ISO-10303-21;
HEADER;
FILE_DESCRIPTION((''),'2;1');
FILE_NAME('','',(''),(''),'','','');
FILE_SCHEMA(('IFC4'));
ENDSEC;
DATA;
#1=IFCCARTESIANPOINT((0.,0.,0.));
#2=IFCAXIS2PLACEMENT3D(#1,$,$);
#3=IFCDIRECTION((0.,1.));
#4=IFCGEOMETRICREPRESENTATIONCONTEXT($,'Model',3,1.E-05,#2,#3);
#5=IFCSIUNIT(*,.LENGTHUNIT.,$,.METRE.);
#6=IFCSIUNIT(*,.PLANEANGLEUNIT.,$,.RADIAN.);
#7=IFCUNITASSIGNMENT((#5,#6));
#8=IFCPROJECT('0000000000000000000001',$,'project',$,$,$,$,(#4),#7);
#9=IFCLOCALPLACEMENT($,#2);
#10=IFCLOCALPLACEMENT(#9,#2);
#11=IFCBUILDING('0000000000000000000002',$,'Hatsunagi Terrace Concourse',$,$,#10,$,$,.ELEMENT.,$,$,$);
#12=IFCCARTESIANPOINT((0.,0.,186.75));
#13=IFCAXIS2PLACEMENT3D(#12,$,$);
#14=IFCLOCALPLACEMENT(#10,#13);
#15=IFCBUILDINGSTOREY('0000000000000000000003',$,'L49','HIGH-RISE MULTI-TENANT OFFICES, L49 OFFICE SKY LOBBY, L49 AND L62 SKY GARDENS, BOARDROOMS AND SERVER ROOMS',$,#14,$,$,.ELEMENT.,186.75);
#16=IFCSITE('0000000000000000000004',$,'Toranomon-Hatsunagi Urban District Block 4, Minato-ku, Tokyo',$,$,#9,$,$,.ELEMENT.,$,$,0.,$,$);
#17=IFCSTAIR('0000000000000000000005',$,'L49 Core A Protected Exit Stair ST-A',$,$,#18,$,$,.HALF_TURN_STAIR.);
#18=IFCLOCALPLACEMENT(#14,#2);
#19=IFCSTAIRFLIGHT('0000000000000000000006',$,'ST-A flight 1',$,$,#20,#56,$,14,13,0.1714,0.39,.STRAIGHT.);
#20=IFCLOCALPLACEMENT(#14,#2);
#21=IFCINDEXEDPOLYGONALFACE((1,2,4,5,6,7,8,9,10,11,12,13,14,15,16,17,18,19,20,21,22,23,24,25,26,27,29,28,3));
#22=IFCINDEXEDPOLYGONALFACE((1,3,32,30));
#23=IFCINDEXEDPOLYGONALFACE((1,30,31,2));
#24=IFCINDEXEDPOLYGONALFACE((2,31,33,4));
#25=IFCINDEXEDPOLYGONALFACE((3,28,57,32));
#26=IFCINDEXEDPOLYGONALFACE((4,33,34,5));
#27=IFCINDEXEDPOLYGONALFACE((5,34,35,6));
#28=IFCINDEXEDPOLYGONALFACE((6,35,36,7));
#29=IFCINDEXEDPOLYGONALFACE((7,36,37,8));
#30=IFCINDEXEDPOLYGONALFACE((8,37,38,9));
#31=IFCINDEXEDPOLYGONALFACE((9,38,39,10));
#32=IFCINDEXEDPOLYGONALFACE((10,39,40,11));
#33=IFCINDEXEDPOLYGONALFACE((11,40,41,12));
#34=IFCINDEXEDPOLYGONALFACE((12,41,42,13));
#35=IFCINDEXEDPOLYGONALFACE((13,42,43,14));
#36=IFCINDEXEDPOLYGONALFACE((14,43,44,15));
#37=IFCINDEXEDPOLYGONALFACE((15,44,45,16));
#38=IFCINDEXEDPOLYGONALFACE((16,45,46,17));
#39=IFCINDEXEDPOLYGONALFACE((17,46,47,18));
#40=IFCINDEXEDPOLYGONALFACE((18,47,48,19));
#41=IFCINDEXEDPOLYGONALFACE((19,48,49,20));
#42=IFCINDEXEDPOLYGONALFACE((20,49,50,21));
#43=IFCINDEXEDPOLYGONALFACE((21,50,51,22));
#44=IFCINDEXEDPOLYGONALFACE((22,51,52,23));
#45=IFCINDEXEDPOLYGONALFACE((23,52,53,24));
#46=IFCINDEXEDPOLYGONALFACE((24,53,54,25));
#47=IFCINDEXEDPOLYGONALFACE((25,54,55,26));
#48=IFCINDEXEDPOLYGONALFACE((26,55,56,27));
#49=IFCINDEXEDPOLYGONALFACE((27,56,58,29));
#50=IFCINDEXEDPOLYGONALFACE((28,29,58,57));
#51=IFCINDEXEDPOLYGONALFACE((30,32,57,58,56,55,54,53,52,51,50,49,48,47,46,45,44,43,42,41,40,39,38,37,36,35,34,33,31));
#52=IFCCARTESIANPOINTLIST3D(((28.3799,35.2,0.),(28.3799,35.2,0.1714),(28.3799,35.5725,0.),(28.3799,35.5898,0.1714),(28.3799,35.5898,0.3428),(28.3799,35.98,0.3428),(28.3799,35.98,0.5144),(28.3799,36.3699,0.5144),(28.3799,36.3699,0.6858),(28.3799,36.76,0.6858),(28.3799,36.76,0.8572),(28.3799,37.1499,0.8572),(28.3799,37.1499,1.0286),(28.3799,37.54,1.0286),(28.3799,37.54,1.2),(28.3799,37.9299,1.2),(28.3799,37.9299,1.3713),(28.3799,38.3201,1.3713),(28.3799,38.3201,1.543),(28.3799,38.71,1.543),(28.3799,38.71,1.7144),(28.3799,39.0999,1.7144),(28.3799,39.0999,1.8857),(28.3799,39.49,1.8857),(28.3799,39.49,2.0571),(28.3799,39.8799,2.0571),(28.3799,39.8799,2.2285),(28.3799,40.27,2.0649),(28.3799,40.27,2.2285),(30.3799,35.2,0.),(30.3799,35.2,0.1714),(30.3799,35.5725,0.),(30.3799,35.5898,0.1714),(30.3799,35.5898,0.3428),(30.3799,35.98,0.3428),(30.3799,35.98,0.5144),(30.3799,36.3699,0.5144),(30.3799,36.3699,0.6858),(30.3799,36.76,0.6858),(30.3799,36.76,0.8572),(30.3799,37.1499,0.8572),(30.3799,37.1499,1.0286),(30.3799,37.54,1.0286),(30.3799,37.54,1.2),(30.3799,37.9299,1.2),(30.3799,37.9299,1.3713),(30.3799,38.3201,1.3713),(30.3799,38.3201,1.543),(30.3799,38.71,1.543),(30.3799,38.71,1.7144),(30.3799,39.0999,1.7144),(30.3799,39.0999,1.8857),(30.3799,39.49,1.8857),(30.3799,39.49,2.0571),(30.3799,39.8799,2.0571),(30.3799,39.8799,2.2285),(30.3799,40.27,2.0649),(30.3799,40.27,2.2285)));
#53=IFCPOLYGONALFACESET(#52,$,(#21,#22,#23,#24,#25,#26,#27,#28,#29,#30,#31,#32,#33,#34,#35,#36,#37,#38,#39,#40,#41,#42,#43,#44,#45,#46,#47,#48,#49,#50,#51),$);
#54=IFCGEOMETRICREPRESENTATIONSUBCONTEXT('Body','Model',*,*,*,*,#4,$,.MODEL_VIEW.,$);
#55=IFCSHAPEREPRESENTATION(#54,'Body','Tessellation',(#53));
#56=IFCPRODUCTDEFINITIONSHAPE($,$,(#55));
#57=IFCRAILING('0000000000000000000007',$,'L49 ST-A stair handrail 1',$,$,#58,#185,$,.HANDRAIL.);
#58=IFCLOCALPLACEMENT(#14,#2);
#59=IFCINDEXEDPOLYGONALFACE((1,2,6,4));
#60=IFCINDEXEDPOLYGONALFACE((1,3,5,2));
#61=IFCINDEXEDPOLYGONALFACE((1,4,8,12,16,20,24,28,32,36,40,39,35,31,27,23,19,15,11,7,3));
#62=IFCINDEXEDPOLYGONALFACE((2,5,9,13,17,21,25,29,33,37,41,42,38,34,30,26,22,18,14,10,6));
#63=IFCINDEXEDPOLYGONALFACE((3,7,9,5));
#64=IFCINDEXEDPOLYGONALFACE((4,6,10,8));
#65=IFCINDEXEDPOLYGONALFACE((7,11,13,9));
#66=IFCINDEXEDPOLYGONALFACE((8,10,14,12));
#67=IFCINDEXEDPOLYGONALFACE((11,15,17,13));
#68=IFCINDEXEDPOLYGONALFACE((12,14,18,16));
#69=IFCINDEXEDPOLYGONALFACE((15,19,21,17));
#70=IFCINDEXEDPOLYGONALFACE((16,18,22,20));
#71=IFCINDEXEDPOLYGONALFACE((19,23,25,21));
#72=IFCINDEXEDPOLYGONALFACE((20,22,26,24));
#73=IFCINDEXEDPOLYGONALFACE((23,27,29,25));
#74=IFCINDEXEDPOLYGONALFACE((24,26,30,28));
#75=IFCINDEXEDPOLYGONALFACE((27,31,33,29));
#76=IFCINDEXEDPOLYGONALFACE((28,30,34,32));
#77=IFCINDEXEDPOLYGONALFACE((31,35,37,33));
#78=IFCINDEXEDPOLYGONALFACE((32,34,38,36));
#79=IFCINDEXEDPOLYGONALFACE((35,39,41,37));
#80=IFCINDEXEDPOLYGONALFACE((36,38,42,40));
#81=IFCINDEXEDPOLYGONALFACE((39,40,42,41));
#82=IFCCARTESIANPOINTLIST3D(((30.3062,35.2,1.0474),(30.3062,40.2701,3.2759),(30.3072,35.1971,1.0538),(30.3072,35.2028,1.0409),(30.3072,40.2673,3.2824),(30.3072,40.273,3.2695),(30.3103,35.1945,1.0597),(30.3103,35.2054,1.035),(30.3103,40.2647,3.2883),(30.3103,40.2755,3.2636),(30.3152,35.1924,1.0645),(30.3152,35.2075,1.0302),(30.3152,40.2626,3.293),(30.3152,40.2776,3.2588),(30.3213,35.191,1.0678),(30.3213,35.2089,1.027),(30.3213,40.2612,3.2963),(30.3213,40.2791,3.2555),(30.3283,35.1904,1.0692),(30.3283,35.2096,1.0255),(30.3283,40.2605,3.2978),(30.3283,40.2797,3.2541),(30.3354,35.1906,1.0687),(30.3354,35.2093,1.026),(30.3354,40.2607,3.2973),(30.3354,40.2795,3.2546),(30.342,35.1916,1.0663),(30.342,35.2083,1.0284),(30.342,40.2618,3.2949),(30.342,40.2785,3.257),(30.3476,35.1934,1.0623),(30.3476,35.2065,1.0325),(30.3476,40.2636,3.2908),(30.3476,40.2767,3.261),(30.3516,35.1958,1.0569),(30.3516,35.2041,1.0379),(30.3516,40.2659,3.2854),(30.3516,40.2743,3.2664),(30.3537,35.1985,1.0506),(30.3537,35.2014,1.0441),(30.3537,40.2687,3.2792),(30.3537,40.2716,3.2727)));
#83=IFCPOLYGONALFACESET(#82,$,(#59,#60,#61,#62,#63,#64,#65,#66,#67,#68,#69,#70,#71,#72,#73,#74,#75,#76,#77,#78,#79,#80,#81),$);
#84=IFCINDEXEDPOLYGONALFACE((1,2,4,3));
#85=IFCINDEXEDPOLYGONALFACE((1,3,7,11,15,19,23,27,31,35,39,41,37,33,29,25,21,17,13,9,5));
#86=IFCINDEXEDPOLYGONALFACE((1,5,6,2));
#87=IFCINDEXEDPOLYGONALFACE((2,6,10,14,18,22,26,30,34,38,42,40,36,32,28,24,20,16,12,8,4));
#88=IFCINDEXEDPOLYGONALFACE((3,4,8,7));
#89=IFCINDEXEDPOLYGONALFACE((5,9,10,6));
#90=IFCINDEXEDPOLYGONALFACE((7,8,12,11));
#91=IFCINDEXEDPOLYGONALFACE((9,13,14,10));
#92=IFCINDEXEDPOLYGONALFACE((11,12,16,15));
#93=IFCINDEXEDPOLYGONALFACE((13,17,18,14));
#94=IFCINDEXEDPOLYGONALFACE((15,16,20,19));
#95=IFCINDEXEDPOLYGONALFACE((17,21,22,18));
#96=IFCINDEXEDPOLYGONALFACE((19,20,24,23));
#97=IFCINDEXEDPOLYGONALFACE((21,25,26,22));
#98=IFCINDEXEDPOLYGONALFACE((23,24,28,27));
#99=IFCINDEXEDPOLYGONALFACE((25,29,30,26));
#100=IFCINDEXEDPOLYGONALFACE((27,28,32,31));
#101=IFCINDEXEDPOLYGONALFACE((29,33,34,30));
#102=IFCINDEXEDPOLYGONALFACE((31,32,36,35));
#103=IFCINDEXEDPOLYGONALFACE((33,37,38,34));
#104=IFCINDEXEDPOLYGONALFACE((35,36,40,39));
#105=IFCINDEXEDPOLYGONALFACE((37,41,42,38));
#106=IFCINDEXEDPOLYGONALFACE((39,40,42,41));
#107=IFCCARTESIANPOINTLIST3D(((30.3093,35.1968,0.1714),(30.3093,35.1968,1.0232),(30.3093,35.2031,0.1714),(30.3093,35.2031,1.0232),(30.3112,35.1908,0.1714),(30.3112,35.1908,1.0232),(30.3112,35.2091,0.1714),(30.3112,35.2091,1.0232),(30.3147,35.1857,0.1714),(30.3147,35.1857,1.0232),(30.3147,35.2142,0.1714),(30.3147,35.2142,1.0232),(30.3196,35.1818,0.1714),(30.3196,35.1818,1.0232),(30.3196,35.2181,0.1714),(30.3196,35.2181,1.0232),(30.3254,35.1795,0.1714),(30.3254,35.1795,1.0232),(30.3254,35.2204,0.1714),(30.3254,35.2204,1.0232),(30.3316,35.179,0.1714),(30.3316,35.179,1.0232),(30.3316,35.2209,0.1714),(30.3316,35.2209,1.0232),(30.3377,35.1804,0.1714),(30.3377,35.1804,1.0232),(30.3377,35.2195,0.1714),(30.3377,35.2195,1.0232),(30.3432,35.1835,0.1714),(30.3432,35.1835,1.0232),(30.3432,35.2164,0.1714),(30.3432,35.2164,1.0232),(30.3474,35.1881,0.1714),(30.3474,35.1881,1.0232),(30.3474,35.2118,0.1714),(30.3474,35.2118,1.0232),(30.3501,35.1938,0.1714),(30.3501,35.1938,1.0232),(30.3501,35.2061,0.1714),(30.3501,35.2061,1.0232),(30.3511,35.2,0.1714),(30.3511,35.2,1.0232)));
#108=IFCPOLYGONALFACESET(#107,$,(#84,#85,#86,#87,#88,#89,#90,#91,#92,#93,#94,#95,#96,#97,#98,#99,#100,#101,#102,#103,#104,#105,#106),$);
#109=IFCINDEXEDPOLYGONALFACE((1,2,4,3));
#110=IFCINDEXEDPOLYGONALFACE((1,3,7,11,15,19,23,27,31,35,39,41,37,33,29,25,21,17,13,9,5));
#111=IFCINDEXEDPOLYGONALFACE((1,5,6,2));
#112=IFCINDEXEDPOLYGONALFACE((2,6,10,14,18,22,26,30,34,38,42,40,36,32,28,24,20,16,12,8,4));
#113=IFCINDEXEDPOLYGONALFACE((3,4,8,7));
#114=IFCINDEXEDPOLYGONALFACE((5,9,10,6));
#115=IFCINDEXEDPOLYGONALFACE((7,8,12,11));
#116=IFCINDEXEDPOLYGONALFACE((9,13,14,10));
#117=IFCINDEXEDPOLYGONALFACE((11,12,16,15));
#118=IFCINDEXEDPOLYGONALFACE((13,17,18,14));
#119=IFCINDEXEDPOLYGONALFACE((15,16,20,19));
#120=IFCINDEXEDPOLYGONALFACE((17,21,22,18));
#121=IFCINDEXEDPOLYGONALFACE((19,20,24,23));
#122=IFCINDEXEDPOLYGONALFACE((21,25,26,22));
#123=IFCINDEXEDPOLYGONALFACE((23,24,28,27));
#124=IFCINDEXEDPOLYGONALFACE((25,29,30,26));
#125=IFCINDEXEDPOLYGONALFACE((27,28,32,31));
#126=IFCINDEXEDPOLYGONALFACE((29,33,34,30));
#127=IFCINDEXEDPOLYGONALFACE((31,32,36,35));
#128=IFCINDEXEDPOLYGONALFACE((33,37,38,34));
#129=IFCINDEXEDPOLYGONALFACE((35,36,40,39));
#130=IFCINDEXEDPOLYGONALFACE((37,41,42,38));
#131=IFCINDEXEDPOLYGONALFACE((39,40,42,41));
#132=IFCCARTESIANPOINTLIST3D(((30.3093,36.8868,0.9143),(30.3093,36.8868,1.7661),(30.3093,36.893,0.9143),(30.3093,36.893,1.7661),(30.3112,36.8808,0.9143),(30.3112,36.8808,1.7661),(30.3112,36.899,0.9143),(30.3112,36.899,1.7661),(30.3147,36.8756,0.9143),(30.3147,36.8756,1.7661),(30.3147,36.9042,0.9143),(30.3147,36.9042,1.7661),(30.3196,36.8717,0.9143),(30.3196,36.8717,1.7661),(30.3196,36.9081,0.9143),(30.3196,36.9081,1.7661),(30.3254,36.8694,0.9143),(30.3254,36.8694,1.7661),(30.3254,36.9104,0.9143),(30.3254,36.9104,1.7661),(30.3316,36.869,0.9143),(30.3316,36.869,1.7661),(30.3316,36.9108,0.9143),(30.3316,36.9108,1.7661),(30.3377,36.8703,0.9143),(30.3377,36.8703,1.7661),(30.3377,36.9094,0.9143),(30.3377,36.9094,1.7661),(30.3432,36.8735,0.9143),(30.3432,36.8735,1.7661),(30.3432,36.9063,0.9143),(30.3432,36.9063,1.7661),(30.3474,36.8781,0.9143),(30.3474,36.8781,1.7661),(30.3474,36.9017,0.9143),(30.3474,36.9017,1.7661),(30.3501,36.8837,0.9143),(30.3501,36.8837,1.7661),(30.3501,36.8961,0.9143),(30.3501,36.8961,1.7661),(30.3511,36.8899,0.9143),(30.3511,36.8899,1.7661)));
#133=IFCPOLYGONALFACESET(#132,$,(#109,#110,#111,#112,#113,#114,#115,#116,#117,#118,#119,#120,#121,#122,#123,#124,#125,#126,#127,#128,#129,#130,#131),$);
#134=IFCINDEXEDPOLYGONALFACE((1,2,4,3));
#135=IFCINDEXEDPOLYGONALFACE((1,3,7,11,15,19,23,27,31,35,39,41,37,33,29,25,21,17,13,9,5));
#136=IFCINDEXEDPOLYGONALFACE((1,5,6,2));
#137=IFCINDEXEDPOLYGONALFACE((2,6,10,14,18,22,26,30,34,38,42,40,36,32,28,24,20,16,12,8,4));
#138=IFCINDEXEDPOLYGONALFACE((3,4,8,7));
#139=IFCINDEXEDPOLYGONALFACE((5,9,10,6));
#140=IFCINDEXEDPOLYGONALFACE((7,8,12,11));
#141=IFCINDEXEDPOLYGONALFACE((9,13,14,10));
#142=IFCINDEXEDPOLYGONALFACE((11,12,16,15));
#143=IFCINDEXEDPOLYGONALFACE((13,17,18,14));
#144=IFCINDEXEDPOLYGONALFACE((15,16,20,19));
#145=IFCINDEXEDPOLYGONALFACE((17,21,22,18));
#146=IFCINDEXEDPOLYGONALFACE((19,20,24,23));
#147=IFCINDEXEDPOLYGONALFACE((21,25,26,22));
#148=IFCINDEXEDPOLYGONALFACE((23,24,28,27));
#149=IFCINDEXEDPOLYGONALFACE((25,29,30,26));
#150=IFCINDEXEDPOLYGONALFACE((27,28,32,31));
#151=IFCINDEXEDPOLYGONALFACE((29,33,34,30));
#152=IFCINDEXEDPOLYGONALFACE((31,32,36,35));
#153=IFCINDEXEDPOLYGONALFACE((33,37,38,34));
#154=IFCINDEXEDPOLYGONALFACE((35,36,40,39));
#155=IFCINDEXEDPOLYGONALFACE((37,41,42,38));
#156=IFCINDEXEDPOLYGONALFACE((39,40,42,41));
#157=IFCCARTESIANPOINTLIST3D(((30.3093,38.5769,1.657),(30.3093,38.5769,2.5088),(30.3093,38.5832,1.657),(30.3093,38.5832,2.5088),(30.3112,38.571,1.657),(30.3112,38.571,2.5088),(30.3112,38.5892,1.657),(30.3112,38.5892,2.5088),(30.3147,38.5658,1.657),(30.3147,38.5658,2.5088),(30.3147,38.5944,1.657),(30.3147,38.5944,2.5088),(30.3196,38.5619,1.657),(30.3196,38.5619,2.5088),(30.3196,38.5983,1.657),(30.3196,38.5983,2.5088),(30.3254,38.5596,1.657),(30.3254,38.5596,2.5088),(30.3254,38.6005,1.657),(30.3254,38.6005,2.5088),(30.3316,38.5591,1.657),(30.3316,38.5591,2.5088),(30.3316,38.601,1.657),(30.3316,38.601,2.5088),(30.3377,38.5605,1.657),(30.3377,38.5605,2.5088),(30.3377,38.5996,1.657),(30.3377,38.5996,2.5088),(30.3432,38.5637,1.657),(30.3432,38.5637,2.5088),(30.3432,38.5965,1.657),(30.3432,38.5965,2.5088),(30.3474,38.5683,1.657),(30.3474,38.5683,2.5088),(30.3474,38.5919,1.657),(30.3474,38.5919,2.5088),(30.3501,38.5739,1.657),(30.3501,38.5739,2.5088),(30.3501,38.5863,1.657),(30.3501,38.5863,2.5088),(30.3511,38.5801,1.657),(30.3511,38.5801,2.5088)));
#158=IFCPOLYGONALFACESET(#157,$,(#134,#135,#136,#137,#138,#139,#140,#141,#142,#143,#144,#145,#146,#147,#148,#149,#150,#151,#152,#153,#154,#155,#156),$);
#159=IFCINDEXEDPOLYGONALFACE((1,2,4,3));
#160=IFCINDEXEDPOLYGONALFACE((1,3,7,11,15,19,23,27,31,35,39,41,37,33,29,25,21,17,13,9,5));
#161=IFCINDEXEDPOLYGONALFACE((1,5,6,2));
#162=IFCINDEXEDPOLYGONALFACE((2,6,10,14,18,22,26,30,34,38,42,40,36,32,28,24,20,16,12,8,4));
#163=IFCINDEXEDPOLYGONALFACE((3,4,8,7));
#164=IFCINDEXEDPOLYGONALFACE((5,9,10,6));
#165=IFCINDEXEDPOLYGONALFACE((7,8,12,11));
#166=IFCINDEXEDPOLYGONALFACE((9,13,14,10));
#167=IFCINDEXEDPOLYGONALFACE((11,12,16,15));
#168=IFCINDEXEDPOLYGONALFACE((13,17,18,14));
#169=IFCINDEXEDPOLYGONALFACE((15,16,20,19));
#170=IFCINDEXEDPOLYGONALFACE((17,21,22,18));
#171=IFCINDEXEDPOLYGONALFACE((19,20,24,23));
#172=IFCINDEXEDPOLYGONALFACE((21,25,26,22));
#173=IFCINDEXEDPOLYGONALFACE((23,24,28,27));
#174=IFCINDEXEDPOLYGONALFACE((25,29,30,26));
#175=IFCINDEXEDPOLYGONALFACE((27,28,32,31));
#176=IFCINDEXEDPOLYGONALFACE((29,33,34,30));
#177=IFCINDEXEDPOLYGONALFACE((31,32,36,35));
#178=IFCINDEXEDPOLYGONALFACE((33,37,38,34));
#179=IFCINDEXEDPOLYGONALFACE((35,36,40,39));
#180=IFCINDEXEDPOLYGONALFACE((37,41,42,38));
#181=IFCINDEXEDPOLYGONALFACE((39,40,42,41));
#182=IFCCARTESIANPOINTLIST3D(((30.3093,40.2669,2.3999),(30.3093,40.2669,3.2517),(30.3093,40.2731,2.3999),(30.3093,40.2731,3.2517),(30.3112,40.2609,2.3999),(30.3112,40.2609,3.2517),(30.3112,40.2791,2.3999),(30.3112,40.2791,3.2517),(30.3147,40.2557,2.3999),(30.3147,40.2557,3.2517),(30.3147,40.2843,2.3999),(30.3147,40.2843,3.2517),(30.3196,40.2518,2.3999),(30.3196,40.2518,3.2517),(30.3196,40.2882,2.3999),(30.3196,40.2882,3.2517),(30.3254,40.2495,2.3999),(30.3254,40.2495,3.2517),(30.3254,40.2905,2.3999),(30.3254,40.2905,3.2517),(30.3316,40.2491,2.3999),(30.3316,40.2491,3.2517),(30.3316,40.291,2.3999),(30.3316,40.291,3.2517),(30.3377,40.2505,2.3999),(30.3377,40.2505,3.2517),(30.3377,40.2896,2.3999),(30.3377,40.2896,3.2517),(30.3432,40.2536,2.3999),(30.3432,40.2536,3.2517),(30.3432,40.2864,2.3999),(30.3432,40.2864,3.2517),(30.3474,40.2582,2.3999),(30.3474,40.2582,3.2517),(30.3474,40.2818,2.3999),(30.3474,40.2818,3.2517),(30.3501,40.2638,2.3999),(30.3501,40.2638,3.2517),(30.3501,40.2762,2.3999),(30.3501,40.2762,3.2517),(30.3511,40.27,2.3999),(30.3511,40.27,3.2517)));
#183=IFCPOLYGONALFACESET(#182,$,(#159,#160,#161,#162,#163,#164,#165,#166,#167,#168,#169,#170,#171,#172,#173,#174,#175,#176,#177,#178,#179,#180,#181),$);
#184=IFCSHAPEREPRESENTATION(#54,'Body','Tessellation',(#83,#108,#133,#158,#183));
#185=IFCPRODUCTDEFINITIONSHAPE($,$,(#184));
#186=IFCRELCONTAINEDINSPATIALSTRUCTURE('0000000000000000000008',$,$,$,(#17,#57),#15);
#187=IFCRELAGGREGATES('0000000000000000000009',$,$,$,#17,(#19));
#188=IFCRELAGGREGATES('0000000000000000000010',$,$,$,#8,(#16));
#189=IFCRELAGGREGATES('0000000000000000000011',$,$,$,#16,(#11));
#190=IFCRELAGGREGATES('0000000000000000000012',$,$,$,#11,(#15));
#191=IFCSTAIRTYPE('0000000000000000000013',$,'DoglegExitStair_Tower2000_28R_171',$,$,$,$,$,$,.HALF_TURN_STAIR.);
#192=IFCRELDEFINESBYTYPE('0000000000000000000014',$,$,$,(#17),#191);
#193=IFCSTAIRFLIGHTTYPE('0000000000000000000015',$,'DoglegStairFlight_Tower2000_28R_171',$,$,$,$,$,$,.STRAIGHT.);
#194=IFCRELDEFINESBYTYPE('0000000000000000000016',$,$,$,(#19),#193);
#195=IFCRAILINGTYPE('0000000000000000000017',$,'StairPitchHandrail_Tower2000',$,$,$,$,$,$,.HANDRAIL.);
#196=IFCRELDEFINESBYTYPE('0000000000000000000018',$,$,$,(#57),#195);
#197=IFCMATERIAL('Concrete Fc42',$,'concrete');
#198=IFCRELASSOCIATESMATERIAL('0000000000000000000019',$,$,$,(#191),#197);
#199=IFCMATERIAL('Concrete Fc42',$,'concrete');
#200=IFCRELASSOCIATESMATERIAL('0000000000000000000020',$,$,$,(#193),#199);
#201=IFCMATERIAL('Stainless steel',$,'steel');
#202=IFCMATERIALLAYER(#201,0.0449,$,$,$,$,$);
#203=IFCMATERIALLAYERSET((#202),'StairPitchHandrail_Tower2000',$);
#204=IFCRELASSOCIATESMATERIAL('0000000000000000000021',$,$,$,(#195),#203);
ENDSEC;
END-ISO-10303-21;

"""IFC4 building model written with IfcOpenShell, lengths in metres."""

from ifc_helpers import new_model, si_unit, direction, frame, origin, origin_2d, place, context, subcontext, project, spatial, polyline, circle, outline, extrude, material, layer, layer_set, type_object, element, aggregate, save


model = new_model("IFC4")

# Units and contexts
model_context = context("Model", 3, precision=1e-05, world=origin(), true_north=direction((0.0, 1.0)))
body_context = subcontext(model_context, "Body", "Model", "MODEL_VIEW")
ifc_project = project(units=[si_unit("LENGTHUNIT", "METRE"), si_unit("PLANEANGLEUNIT", "RADIAN")], contexts=[model_context])

# Site, building, storey
site_placement = place(None, origin())
site = spatial("IfcSite", under=ifc_project, at=site_placement, Name="Toranomon-Hatsunagi Urban District Block 4, Minato-ku, Tokyo", CompositionType="ELEMENT", RefElevation=0.0)
building_placement = place(site_placement, origin())
building = spatial("IfcBuilding", under=site, at=building_placement, Name="Hatsunagi Terrace Concourse", CompositionType="ELEMENT")
storey_placement = place(building_placement, frame((0.0, 0.0, 186.75)))
storey = spatial("IfcBuildingStorey", under=building, at=storey_placement, Name="L49", Description="HIGH-RISE MULTI-TENANT OFFICES, L49 OFFICE SKY LOBBY, L49 AND L62 SKY GARDENS, BOARDROOMS AND SERVER ROOMS", CompositionType="ELEMENT", Elevation=186.75)

# Stair, stair flight
ifc_material_1 = material(Name="Concrete Fc42", Category="concrete")
stair_type = type_object("IfcStairType", Name="DoglegExitStair_Tower2000_28R_171", PredefinedType="HALF_TURN_STAIR", material=ifc_material_1)
stair_placement = place(storey_placement, origin())
stair = element("IfcStair", 1, at=stair_placement, inside=storey, type_object=stair_type, Name="L49 Core A Protected Exit Stair ST-A", PredefinedType="HALF_TURN_STAIR")
ifc_material_2 = material(Name="Concrete Fc42", Category="concrete")
stair_flight_type = type_object("IfcStairFlightType", Name="DoglegStairFlight_Tower2000_28R_171", PredefinedType="STRAIGHT", material=ifc_material_2)
stair_flight_placement = place(storey_placement, frame((29.3799, 35.2, 0.0), z_axis=(0.0, 0.0, 1.0), x_axis=(0.0, 1.0, 0.0)))
stair_flight = element("IfcStairFlight", 2, at=stair_flight_placement, type_object=stair_flight_type, Name="ST-A flight 1", NumberOfRisers=14, NumberOfTreads=13, PredefinedType="STRAIGHT", RiserHeight=0.1714, TreadLength=0.39, context=body_context, shape_type="SweptSolid", body=[
    extrude(outline(polyline([(0.0, 0.0), (0.0, 0.1714), (0.3899, 0.1714), (0.3899, 0.3428), (0.78, 0.3428), (0.78, 0.5144), (1.1699, 0.5144), (1.1699, 0.6858), (1.5601, 0.6858), (1.5601, 0.8572), (1.95, 0.8572), (1.95, 1.0286), (2.3401, 1.0286), (2.3401, 1.2), (2.73, 1.2), (2.73, 1.3713), (3.1201, 1.3713), (3.1201, 1.543), (3.51, 1.543), (3.51, 1.7144), (3.8999, 1.7144), (3.8999, 1.8857), (4.29, 1.8857), (4.29, 2.0571), (4.6799, 2.0571), (4.6799, 2.2285), (5.0701, 2.2285), (5.0701, 2.3999), (5.0701, 2.0649), (0.3726, 0.0), (0.0, 0.0)])), frame((0.0, 1.0, 0.0), z_axis=(0.0, -1.0, 0.0), x_axis=(1.0, 0.0, 0.0)), (0.0, 0.0, 1.0), 2.0),
])
aggregate(stair, [stair_flight])

# Railing
ifc_material_3 = material(Name="Stainless steel", Category="steel")
ifc_layer_1 = layer(ifc_material_3, 0.0449)
ifc_layer_set_1 = layer_set([ifc_layer_1], Name="StairPitchHandrail_Tower2000")
railing_type_1 = type_object("IfcRailingType", Name="StairPitchHandrail_Tower2000", PredefinedType="HANDRAIL", material=ifc_layer_set_1)
railing_1_placement = place(storey_placement, frame((30.3301, 35.2, 0.1714)))
element("IfcRailing", 3, at=railing_1_placement, inside=storey, type_object=railing_type_1, Name="L49 ST-A stair handrail 1", PredefinedType="HANDRAIL", context=body_context, shape_type="SweptSolid", body=[
    extrude(circle(Radius=0.0239, at=origin_2d()), frame((0.0, 0.0, 0.876), z_axis=(0.0, 0.915469, 0.402388), x_axis=(-1.0, 0.0, 0.0)), (0.0, 0.0, 1.0), 5.5383),
    extrude(circle(Radius=0.021, at=origin_2d()), origin(), (0.0, 0.0, 1.0), 0.8518),
    extrude(circle(Radius=0.021, at=origin_2d()), frame((0.0, 1.6899, 0.7429)), (0.0, 0.0, 1.0), 0.8518),
    extrude(circle(Radius=0.021, at=origin_2d()), frame((0.0, 3.3801, 1.4856)), (0.0, 0.0, 1.0), 0.8518),
    extrude(circle(Radius=0.021, at=origin_2d()), frame((0.0, 5.0701, 2.2285)), (0.0, 0.0, 1.0), 0.8518),
])

save(model, "model.ifc")
